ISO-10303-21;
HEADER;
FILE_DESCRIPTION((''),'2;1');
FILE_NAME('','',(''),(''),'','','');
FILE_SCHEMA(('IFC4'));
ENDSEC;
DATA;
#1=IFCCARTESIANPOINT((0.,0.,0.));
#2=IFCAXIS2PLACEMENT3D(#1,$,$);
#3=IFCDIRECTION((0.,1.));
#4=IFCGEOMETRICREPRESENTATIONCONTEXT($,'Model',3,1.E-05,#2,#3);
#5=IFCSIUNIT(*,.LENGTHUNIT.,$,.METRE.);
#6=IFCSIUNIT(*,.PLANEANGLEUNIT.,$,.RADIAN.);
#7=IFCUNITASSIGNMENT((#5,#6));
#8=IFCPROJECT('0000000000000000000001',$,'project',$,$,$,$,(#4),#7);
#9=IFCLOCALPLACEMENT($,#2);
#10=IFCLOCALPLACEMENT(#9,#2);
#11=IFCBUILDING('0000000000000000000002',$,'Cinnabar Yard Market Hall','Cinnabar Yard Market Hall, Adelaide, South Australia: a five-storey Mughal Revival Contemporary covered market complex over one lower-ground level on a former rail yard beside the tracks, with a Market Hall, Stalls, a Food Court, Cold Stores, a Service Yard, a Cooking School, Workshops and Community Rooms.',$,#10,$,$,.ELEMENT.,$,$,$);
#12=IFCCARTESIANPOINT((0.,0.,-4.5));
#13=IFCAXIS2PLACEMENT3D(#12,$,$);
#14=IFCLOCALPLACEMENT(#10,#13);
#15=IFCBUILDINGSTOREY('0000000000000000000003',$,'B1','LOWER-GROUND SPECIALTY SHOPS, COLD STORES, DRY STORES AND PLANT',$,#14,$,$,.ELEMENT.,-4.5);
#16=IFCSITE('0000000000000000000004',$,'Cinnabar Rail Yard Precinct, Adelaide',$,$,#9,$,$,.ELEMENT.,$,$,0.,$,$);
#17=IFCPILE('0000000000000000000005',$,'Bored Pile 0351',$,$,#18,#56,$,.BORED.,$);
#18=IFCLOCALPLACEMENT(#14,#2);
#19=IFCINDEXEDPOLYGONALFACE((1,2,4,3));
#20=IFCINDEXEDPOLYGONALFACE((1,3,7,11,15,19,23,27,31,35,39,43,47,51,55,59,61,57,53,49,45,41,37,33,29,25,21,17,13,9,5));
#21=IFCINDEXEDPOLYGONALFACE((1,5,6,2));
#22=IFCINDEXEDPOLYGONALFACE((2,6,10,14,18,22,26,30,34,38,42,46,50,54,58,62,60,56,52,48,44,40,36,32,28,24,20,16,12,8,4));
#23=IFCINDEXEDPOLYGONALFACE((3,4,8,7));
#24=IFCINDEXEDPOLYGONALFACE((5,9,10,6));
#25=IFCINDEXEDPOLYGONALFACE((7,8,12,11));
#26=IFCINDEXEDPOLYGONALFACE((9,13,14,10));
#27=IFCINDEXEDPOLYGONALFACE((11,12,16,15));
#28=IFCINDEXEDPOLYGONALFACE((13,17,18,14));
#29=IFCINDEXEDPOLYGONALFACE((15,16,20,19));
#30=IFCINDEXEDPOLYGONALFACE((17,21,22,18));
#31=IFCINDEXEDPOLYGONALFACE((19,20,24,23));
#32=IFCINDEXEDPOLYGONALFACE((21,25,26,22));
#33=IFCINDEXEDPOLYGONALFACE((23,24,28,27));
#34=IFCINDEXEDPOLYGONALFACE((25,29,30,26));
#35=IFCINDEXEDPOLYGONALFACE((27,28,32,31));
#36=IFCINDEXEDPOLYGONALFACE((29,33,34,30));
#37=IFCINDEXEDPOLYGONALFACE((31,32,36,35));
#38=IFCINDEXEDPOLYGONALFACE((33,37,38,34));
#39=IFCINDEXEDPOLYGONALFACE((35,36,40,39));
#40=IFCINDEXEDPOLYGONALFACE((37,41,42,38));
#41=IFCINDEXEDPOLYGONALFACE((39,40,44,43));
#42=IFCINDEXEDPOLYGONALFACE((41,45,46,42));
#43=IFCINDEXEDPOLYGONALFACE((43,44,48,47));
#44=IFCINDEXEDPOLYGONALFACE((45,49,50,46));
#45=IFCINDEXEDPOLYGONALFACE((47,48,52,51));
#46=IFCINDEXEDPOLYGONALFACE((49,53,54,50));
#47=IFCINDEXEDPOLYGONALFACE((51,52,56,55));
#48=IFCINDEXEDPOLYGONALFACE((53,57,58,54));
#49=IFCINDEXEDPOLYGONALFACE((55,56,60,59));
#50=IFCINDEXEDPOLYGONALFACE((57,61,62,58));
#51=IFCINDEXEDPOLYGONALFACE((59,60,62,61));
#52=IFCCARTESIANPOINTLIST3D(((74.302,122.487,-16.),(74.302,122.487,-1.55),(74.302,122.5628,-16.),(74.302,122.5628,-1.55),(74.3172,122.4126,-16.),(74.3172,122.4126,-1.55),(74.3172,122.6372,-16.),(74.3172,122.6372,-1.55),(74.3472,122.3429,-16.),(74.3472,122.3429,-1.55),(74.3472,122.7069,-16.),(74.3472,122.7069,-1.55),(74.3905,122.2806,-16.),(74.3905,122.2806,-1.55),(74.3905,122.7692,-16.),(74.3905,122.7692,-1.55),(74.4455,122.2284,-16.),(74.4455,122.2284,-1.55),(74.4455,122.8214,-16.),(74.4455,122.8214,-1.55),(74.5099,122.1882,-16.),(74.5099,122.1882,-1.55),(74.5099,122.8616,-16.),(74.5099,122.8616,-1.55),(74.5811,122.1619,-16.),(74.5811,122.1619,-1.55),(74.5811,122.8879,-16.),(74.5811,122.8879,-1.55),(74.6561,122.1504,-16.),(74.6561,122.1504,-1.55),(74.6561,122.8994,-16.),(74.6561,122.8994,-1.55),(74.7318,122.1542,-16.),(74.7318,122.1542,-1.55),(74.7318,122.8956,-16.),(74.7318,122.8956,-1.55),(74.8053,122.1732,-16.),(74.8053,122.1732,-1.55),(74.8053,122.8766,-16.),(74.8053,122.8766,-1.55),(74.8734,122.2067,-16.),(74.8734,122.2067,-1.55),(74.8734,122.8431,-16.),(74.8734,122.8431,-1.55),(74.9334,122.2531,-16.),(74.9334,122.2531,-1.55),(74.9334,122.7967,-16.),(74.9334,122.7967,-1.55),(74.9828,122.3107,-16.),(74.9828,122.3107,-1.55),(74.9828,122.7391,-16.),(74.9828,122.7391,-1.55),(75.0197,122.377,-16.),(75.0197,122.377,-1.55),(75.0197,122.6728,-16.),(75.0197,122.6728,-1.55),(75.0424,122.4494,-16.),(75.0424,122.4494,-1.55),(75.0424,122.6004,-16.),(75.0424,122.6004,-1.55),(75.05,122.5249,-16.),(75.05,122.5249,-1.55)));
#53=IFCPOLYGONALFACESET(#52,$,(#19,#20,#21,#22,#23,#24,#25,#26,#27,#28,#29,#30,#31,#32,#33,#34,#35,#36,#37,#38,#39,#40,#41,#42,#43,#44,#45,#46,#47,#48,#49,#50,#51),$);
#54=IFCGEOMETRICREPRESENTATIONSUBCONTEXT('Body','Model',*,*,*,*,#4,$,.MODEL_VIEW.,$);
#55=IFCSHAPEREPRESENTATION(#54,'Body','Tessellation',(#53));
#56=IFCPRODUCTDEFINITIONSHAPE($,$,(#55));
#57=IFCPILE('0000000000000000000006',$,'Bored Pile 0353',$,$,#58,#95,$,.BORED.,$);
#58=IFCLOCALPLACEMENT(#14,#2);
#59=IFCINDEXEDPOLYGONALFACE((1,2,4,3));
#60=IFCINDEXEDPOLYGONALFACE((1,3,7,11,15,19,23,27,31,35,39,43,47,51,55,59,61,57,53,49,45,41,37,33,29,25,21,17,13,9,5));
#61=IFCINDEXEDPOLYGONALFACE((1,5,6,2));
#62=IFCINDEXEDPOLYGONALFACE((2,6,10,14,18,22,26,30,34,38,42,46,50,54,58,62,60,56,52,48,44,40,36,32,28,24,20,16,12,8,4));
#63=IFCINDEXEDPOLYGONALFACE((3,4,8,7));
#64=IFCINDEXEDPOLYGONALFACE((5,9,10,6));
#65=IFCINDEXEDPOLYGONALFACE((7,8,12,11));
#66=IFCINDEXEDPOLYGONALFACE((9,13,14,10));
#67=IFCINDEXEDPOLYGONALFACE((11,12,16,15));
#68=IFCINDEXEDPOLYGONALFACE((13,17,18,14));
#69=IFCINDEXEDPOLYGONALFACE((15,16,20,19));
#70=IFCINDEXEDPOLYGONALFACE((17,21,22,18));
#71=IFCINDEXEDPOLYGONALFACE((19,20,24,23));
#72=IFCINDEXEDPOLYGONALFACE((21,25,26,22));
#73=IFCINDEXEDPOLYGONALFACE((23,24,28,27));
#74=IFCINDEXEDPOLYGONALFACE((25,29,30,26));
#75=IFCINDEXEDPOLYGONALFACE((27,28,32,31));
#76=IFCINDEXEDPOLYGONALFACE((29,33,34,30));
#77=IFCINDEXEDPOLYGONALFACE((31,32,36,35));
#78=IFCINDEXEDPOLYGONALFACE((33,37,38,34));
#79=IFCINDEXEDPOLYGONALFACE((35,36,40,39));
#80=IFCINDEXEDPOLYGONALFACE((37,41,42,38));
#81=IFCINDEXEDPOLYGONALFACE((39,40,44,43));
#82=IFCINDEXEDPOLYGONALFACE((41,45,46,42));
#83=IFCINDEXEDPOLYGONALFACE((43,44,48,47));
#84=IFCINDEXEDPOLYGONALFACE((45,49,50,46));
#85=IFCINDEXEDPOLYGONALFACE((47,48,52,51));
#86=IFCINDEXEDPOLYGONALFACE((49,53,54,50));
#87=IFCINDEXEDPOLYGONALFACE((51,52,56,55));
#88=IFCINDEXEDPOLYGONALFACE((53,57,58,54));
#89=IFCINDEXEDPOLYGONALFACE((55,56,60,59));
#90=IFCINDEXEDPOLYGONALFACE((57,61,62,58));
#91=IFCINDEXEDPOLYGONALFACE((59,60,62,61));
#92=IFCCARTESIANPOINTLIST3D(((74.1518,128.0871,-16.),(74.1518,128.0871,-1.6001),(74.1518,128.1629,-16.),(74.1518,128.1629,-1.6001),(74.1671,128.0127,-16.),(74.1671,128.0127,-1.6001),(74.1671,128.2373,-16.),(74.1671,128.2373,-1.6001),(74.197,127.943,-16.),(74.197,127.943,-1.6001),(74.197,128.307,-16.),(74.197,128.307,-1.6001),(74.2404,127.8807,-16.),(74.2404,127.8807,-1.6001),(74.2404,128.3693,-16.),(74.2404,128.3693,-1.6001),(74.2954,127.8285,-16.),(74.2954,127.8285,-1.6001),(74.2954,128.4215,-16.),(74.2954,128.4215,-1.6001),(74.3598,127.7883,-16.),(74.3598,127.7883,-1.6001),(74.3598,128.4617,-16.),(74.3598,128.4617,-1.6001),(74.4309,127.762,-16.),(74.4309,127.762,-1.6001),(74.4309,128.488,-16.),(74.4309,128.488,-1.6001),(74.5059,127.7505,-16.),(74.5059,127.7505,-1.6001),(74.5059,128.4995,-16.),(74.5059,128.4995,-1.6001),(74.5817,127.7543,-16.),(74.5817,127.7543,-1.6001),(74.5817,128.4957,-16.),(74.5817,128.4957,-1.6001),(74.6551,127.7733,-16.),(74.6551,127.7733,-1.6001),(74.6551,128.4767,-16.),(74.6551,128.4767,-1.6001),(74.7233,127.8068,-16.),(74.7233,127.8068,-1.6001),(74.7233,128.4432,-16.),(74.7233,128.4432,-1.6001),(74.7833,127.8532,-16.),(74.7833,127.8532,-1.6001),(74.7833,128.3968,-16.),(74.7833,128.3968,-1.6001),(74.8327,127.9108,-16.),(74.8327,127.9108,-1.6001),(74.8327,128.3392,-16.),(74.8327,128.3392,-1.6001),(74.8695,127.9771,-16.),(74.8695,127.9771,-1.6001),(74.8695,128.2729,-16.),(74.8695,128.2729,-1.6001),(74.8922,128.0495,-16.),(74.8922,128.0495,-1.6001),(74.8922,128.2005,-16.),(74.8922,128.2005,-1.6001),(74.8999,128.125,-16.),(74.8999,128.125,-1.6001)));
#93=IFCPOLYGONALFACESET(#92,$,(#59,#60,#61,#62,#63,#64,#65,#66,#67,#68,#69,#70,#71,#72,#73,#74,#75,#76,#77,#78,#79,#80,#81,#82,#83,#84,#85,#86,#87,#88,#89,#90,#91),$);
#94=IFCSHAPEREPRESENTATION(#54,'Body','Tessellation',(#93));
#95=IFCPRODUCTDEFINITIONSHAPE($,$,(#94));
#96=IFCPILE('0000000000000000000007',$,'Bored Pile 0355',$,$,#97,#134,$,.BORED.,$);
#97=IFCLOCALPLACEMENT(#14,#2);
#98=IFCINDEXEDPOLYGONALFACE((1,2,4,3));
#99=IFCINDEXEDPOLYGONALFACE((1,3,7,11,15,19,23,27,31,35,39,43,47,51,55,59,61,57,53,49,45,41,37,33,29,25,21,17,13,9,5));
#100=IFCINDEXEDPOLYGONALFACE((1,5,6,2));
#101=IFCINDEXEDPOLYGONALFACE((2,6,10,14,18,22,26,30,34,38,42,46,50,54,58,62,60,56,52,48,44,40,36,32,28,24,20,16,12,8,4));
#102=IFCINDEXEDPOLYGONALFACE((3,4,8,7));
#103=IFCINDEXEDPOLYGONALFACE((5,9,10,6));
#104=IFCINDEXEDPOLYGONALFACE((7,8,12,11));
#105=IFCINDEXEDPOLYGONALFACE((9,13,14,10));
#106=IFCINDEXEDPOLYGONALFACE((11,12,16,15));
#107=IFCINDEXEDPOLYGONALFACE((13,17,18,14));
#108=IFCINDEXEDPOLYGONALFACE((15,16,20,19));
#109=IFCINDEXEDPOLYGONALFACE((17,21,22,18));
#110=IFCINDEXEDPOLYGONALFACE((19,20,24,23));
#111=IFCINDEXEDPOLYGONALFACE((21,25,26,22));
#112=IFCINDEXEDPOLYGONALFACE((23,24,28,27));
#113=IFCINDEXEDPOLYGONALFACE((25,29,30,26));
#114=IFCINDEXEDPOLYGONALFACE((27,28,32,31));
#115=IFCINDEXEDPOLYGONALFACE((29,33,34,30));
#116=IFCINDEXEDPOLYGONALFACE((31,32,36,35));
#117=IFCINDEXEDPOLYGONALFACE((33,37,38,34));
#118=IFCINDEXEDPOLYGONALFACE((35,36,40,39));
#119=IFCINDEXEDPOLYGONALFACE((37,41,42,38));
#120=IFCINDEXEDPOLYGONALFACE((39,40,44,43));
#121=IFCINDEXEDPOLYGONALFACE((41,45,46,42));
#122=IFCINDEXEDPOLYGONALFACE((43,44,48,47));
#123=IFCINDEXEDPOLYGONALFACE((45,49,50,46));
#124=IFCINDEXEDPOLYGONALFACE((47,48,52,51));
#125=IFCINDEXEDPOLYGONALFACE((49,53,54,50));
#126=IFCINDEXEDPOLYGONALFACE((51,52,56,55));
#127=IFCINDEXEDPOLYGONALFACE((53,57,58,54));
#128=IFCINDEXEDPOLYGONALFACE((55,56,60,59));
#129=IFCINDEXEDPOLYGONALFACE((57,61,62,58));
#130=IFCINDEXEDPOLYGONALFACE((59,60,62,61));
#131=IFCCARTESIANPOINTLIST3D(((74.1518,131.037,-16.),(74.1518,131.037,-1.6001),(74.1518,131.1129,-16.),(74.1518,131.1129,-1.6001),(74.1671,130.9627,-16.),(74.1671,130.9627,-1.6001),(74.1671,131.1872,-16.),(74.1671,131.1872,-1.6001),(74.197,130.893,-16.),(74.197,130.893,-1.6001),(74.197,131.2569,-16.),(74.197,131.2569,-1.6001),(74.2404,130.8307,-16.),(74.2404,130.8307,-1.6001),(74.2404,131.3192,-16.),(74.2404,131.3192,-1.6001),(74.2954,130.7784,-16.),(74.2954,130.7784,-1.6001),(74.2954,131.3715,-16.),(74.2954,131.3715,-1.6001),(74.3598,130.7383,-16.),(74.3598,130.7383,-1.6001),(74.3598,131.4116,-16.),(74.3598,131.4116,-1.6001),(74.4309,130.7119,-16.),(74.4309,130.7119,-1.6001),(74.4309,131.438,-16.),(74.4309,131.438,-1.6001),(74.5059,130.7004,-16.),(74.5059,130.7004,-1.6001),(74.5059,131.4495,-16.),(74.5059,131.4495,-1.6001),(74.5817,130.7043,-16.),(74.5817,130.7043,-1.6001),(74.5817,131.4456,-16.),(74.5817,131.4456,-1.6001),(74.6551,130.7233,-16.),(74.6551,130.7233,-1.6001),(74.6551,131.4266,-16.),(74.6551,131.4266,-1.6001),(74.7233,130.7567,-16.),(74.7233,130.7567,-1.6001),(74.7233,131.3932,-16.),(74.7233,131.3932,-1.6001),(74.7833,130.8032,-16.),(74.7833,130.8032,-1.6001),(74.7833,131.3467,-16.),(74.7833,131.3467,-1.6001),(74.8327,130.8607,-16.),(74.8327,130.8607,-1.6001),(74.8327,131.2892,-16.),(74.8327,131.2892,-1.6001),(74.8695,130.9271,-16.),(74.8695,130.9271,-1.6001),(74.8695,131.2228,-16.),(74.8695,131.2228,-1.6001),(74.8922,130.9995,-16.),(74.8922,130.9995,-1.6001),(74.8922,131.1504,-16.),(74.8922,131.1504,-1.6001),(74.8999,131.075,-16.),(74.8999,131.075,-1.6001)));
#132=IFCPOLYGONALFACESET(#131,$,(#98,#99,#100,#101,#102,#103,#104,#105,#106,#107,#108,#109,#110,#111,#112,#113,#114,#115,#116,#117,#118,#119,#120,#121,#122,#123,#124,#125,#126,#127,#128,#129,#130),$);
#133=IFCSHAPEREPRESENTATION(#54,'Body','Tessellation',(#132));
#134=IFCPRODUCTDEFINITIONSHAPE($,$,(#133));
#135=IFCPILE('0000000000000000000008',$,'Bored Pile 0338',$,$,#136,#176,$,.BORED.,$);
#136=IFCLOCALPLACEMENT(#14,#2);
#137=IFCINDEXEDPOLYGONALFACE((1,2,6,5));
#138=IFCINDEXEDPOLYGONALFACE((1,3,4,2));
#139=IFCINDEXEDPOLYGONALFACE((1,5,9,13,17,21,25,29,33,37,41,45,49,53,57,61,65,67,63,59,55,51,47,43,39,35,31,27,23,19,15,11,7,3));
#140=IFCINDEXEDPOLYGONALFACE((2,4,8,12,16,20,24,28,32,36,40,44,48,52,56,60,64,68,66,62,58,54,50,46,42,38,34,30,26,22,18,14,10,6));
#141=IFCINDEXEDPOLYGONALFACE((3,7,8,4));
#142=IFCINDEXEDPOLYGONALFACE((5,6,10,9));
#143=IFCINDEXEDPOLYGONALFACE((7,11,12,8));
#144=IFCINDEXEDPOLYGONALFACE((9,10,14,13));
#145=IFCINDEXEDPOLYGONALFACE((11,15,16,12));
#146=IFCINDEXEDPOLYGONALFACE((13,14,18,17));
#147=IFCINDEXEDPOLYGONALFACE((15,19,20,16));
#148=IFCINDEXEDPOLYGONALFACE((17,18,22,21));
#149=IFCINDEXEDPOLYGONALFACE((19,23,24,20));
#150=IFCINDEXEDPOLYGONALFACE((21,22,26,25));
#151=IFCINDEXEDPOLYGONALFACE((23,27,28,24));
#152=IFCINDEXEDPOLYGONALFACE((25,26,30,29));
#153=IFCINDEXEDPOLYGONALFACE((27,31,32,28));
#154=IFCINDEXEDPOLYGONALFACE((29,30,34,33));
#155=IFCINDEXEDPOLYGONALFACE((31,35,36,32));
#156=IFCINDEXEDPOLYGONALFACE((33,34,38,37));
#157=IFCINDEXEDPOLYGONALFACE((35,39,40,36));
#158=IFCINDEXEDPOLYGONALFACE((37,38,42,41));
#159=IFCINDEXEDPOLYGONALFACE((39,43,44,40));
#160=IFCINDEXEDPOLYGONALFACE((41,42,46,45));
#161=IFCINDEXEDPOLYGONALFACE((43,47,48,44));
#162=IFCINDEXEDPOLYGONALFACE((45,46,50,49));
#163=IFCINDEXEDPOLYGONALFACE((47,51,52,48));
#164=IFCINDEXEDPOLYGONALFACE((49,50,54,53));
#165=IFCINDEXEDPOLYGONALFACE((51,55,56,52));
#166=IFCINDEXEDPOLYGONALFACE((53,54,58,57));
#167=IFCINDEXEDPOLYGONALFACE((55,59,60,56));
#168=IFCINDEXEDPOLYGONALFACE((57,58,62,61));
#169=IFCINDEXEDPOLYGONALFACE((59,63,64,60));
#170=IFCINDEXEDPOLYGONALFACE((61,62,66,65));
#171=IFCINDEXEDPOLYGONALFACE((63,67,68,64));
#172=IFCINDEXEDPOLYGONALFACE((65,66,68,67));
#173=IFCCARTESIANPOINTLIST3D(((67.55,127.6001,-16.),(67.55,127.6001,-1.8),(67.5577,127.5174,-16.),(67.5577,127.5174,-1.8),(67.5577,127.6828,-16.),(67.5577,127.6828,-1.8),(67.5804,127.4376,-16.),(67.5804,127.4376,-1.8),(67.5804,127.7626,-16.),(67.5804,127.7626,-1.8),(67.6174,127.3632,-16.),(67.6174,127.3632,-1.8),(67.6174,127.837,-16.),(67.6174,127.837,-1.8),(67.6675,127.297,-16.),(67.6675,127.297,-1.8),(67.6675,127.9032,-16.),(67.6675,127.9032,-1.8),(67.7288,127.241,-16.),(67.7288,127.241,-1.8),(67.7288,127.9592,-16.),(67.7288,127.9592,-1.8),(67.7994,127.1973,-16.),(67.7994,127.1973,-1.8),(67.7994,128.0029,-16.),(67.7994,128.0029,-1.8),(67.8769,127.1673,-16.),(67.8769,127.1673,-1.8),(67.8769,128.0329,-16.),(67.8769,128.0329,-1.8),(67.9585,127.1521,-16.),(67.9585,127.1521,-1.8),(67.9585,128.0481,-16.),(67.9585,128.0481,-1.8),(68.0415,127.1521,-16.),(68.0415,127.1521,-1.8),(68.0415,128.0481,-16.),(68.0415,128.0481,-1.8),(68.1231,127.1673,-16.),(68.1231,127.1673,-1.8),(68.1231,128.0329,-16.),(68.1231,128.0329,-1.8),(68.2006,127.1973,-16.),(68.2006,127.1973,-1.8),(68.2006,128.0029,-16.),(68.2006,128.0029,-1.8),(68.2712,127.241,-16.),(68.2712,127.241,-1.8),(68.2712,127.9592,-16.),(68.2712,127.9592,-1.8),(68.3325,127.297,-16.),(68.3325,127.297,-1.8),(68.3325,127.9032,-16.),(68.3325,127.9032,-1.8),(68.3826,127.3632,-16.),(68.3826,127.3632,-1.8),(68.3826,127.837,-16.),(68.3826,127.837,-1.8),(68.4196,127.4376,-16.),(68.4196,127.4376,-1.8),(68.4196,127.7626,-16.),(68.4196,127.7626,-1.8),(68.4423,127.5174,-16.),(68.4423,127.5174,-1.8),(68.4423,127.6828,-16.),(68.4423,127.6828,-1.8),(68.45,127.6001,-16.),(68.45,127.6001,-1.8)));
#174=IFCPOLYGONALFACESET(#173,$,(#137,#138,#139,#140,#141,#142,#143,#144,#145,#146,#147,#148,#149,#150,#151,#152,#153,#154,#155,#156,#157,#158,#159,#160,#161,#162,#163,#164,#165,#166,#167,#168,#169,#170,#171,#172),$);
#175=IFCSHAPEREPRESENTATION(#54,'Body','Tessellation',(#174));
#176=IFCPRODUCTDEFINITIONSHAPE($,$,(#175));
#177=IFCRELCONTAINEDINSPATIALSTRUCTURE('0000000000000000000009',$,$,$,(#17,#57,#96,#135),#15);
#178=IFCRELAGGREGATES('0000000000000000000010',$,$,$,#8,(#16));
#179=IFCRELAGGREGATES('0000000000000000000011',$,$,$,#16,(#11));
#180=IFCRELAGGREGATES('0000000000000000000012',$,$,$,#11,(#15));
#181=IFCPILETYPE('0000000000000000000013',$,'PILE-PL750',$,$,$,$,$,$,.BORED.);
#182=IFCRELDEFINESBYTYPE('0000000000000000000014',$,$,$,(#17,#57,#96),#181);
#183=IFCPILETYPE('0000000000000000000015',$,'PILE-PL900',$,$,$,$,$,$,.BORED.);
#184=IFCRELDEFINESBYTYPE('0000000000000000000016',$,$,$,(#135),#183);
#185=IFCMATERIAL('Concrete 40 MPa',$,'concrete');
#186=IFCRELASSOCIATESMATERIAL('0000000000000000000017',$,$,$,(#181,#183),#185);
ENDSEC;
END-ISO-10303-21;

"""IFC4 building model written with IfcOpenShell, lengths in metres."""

from ifc_helpers import new_model, si_unit, direction, frame, origin, origin_2d_with_axis, place, context, subcontext, project, spatial, circle, extrude, material, material_profile, profile_set, type_object, element, save


model = new_model("IFC4")

# Units and contexts
model_context = context("Model", 3, precision=1e-05, world=origin(), true_north=direction((0.0, 1.0)))
body_context = subcontext(model_context, "Body", "Model", "MODEL_VIEW")
ifc_project = project(units=[si_unit("LENGTHUNIT", "METRE"), si_unit("PLANEANGLEUNIT", "RADIAN")], contexts=[model_context])

# Site, building, storey
site_placement = place(None, origin())
site = spatial("IfcSite", under=ifc_project, at=site_placement, Name="Cinnabar Rail Yard Precinct, Adelaide", CompositionType="ELEMENT", RefElevation=0.0)
building_placement = place(site_placement, origin())
building = spatial("IfcBuilding", under=site, at=building_placement, Name="Cinnabar Yard Market Hall", Description="Cinnabar Yard Market Hall, Adelaide, South Australia: a five-storey Mughal Revival Contemporary covered market complex over one lower-ground level on a former rail yard beside the tracks, with a Market Hall, Stalls, a Food Court, Cold Stores, a Service Yard, a Cooking School, Workshops and Community Rooms.", CompositionType="ELEMENT")
storey_placement = place(building_placement, frame((0.0, 0.0, -4.5)))
storey = spatial("IfcBuildingStorey", under=building, at=storey_placement, Name="B1", Description="LOWER-GROUND SPECIALTY SHOPS, COLD STORES, DRY STORES AND PLANT", CompositionType="ELEMENT", Elevation=-4.5)

# Shared definitions
ifc_material_1 = material(Name="Concrete 40 MPa", Category="concrete")

# Piles
ifc_material_profile_1 = material_profile(ifc_material_1, circle(Radius=0.375, at=origin_2d_with_axis()), Name="PILE-D750")
ifc_profile_set_1 = profile_set([ifc_material_profile_1], Name="Concrete 40 MPa")
pile_type_1 = type_object("IfcPileType", Name="PILE-PL750", PredefinedType="BORED", material=ifc_profile_set_1)
pile_placement = place(storey_placement, frame((74.675, 122.5249, -1.55), z_axis=(0.0, 0.0, -1.0), x_axis=(1.0, 0.0, 0.0)))
element("IfcPile", 1, at=pile_placement, inside=storey, type_object=pile_type_1, Name="Bored Pile 0351", PredefinedType="BORED", context=body_context, shape_type="SweptSolid", body=[
    extrude(circle(Radius=0.375, at=origin_2d_with_axis()), origin(), (0.0, 0.0, 1.0), 14.45),
])
for number, where, z_axis, x_axis, name in (
    (2, (74.5249, 128.125, -1.6001), (0.0, 0.0, -1.0), (1.0, 0.0, 0.0), "Bored Pile 0353"),
    (3, (74.5249, 131.075, -1.6001), (0.0, 0.0, -1.0), (1.0, 0.0, 0.0), "Bored Pile 0355"),
):
    element("IfcPile", number, at=place(storey_placement, frame(where, z_axis=z_axis, x_axis=x_axis)), inside=storey, type_object=pile_type_1, Name=name, PredefinedType="BORED", context=body_context, shape_type="SweptSolid", body=[
        extrude(circle(Radius=0.375, at=origin_2d_with_axis()), origin(), (0.0, 0.0, 1.0), 14.3999),
    ])
ifc_material_profile_2 = material_profile(ifc_material_1, circle(Radius=0.45, at=origin_2d_with_axis()), Name="PILE-D900")
ifc_profile_set_2 = profile_set([ifc_material_profile_2], Name="Concrete 40 MPa")
pile_type_2 = type_object("IfcPileType", Name="PILE-PL900", PredefinedType="BORED", material=ifc_profile_set_2)
for number, where, z_axis, x_axis, name in (
    (4, (68.0, 127.6001, -1.8), (0.0, 0.0, -1.0), (1.0, 0.0, 0.0), "Bored Pile 0338"),
):
    element("IfcPile", number, at=place(storey_placement, frame(where, z_axis=z_axis, x_axis=x_axis)), inside=storey, type_object=pile_type_2, Name=name, PredefinedType="BORED", context=body_context, shape_type="SweptSolid", body=[
        extrude(circle(Radius=0.45, at=origin_2d_with_axis()), origin(), (0.0, 0.0, 1.0), 14.2),
    ])

save(model, "model.ifc")
